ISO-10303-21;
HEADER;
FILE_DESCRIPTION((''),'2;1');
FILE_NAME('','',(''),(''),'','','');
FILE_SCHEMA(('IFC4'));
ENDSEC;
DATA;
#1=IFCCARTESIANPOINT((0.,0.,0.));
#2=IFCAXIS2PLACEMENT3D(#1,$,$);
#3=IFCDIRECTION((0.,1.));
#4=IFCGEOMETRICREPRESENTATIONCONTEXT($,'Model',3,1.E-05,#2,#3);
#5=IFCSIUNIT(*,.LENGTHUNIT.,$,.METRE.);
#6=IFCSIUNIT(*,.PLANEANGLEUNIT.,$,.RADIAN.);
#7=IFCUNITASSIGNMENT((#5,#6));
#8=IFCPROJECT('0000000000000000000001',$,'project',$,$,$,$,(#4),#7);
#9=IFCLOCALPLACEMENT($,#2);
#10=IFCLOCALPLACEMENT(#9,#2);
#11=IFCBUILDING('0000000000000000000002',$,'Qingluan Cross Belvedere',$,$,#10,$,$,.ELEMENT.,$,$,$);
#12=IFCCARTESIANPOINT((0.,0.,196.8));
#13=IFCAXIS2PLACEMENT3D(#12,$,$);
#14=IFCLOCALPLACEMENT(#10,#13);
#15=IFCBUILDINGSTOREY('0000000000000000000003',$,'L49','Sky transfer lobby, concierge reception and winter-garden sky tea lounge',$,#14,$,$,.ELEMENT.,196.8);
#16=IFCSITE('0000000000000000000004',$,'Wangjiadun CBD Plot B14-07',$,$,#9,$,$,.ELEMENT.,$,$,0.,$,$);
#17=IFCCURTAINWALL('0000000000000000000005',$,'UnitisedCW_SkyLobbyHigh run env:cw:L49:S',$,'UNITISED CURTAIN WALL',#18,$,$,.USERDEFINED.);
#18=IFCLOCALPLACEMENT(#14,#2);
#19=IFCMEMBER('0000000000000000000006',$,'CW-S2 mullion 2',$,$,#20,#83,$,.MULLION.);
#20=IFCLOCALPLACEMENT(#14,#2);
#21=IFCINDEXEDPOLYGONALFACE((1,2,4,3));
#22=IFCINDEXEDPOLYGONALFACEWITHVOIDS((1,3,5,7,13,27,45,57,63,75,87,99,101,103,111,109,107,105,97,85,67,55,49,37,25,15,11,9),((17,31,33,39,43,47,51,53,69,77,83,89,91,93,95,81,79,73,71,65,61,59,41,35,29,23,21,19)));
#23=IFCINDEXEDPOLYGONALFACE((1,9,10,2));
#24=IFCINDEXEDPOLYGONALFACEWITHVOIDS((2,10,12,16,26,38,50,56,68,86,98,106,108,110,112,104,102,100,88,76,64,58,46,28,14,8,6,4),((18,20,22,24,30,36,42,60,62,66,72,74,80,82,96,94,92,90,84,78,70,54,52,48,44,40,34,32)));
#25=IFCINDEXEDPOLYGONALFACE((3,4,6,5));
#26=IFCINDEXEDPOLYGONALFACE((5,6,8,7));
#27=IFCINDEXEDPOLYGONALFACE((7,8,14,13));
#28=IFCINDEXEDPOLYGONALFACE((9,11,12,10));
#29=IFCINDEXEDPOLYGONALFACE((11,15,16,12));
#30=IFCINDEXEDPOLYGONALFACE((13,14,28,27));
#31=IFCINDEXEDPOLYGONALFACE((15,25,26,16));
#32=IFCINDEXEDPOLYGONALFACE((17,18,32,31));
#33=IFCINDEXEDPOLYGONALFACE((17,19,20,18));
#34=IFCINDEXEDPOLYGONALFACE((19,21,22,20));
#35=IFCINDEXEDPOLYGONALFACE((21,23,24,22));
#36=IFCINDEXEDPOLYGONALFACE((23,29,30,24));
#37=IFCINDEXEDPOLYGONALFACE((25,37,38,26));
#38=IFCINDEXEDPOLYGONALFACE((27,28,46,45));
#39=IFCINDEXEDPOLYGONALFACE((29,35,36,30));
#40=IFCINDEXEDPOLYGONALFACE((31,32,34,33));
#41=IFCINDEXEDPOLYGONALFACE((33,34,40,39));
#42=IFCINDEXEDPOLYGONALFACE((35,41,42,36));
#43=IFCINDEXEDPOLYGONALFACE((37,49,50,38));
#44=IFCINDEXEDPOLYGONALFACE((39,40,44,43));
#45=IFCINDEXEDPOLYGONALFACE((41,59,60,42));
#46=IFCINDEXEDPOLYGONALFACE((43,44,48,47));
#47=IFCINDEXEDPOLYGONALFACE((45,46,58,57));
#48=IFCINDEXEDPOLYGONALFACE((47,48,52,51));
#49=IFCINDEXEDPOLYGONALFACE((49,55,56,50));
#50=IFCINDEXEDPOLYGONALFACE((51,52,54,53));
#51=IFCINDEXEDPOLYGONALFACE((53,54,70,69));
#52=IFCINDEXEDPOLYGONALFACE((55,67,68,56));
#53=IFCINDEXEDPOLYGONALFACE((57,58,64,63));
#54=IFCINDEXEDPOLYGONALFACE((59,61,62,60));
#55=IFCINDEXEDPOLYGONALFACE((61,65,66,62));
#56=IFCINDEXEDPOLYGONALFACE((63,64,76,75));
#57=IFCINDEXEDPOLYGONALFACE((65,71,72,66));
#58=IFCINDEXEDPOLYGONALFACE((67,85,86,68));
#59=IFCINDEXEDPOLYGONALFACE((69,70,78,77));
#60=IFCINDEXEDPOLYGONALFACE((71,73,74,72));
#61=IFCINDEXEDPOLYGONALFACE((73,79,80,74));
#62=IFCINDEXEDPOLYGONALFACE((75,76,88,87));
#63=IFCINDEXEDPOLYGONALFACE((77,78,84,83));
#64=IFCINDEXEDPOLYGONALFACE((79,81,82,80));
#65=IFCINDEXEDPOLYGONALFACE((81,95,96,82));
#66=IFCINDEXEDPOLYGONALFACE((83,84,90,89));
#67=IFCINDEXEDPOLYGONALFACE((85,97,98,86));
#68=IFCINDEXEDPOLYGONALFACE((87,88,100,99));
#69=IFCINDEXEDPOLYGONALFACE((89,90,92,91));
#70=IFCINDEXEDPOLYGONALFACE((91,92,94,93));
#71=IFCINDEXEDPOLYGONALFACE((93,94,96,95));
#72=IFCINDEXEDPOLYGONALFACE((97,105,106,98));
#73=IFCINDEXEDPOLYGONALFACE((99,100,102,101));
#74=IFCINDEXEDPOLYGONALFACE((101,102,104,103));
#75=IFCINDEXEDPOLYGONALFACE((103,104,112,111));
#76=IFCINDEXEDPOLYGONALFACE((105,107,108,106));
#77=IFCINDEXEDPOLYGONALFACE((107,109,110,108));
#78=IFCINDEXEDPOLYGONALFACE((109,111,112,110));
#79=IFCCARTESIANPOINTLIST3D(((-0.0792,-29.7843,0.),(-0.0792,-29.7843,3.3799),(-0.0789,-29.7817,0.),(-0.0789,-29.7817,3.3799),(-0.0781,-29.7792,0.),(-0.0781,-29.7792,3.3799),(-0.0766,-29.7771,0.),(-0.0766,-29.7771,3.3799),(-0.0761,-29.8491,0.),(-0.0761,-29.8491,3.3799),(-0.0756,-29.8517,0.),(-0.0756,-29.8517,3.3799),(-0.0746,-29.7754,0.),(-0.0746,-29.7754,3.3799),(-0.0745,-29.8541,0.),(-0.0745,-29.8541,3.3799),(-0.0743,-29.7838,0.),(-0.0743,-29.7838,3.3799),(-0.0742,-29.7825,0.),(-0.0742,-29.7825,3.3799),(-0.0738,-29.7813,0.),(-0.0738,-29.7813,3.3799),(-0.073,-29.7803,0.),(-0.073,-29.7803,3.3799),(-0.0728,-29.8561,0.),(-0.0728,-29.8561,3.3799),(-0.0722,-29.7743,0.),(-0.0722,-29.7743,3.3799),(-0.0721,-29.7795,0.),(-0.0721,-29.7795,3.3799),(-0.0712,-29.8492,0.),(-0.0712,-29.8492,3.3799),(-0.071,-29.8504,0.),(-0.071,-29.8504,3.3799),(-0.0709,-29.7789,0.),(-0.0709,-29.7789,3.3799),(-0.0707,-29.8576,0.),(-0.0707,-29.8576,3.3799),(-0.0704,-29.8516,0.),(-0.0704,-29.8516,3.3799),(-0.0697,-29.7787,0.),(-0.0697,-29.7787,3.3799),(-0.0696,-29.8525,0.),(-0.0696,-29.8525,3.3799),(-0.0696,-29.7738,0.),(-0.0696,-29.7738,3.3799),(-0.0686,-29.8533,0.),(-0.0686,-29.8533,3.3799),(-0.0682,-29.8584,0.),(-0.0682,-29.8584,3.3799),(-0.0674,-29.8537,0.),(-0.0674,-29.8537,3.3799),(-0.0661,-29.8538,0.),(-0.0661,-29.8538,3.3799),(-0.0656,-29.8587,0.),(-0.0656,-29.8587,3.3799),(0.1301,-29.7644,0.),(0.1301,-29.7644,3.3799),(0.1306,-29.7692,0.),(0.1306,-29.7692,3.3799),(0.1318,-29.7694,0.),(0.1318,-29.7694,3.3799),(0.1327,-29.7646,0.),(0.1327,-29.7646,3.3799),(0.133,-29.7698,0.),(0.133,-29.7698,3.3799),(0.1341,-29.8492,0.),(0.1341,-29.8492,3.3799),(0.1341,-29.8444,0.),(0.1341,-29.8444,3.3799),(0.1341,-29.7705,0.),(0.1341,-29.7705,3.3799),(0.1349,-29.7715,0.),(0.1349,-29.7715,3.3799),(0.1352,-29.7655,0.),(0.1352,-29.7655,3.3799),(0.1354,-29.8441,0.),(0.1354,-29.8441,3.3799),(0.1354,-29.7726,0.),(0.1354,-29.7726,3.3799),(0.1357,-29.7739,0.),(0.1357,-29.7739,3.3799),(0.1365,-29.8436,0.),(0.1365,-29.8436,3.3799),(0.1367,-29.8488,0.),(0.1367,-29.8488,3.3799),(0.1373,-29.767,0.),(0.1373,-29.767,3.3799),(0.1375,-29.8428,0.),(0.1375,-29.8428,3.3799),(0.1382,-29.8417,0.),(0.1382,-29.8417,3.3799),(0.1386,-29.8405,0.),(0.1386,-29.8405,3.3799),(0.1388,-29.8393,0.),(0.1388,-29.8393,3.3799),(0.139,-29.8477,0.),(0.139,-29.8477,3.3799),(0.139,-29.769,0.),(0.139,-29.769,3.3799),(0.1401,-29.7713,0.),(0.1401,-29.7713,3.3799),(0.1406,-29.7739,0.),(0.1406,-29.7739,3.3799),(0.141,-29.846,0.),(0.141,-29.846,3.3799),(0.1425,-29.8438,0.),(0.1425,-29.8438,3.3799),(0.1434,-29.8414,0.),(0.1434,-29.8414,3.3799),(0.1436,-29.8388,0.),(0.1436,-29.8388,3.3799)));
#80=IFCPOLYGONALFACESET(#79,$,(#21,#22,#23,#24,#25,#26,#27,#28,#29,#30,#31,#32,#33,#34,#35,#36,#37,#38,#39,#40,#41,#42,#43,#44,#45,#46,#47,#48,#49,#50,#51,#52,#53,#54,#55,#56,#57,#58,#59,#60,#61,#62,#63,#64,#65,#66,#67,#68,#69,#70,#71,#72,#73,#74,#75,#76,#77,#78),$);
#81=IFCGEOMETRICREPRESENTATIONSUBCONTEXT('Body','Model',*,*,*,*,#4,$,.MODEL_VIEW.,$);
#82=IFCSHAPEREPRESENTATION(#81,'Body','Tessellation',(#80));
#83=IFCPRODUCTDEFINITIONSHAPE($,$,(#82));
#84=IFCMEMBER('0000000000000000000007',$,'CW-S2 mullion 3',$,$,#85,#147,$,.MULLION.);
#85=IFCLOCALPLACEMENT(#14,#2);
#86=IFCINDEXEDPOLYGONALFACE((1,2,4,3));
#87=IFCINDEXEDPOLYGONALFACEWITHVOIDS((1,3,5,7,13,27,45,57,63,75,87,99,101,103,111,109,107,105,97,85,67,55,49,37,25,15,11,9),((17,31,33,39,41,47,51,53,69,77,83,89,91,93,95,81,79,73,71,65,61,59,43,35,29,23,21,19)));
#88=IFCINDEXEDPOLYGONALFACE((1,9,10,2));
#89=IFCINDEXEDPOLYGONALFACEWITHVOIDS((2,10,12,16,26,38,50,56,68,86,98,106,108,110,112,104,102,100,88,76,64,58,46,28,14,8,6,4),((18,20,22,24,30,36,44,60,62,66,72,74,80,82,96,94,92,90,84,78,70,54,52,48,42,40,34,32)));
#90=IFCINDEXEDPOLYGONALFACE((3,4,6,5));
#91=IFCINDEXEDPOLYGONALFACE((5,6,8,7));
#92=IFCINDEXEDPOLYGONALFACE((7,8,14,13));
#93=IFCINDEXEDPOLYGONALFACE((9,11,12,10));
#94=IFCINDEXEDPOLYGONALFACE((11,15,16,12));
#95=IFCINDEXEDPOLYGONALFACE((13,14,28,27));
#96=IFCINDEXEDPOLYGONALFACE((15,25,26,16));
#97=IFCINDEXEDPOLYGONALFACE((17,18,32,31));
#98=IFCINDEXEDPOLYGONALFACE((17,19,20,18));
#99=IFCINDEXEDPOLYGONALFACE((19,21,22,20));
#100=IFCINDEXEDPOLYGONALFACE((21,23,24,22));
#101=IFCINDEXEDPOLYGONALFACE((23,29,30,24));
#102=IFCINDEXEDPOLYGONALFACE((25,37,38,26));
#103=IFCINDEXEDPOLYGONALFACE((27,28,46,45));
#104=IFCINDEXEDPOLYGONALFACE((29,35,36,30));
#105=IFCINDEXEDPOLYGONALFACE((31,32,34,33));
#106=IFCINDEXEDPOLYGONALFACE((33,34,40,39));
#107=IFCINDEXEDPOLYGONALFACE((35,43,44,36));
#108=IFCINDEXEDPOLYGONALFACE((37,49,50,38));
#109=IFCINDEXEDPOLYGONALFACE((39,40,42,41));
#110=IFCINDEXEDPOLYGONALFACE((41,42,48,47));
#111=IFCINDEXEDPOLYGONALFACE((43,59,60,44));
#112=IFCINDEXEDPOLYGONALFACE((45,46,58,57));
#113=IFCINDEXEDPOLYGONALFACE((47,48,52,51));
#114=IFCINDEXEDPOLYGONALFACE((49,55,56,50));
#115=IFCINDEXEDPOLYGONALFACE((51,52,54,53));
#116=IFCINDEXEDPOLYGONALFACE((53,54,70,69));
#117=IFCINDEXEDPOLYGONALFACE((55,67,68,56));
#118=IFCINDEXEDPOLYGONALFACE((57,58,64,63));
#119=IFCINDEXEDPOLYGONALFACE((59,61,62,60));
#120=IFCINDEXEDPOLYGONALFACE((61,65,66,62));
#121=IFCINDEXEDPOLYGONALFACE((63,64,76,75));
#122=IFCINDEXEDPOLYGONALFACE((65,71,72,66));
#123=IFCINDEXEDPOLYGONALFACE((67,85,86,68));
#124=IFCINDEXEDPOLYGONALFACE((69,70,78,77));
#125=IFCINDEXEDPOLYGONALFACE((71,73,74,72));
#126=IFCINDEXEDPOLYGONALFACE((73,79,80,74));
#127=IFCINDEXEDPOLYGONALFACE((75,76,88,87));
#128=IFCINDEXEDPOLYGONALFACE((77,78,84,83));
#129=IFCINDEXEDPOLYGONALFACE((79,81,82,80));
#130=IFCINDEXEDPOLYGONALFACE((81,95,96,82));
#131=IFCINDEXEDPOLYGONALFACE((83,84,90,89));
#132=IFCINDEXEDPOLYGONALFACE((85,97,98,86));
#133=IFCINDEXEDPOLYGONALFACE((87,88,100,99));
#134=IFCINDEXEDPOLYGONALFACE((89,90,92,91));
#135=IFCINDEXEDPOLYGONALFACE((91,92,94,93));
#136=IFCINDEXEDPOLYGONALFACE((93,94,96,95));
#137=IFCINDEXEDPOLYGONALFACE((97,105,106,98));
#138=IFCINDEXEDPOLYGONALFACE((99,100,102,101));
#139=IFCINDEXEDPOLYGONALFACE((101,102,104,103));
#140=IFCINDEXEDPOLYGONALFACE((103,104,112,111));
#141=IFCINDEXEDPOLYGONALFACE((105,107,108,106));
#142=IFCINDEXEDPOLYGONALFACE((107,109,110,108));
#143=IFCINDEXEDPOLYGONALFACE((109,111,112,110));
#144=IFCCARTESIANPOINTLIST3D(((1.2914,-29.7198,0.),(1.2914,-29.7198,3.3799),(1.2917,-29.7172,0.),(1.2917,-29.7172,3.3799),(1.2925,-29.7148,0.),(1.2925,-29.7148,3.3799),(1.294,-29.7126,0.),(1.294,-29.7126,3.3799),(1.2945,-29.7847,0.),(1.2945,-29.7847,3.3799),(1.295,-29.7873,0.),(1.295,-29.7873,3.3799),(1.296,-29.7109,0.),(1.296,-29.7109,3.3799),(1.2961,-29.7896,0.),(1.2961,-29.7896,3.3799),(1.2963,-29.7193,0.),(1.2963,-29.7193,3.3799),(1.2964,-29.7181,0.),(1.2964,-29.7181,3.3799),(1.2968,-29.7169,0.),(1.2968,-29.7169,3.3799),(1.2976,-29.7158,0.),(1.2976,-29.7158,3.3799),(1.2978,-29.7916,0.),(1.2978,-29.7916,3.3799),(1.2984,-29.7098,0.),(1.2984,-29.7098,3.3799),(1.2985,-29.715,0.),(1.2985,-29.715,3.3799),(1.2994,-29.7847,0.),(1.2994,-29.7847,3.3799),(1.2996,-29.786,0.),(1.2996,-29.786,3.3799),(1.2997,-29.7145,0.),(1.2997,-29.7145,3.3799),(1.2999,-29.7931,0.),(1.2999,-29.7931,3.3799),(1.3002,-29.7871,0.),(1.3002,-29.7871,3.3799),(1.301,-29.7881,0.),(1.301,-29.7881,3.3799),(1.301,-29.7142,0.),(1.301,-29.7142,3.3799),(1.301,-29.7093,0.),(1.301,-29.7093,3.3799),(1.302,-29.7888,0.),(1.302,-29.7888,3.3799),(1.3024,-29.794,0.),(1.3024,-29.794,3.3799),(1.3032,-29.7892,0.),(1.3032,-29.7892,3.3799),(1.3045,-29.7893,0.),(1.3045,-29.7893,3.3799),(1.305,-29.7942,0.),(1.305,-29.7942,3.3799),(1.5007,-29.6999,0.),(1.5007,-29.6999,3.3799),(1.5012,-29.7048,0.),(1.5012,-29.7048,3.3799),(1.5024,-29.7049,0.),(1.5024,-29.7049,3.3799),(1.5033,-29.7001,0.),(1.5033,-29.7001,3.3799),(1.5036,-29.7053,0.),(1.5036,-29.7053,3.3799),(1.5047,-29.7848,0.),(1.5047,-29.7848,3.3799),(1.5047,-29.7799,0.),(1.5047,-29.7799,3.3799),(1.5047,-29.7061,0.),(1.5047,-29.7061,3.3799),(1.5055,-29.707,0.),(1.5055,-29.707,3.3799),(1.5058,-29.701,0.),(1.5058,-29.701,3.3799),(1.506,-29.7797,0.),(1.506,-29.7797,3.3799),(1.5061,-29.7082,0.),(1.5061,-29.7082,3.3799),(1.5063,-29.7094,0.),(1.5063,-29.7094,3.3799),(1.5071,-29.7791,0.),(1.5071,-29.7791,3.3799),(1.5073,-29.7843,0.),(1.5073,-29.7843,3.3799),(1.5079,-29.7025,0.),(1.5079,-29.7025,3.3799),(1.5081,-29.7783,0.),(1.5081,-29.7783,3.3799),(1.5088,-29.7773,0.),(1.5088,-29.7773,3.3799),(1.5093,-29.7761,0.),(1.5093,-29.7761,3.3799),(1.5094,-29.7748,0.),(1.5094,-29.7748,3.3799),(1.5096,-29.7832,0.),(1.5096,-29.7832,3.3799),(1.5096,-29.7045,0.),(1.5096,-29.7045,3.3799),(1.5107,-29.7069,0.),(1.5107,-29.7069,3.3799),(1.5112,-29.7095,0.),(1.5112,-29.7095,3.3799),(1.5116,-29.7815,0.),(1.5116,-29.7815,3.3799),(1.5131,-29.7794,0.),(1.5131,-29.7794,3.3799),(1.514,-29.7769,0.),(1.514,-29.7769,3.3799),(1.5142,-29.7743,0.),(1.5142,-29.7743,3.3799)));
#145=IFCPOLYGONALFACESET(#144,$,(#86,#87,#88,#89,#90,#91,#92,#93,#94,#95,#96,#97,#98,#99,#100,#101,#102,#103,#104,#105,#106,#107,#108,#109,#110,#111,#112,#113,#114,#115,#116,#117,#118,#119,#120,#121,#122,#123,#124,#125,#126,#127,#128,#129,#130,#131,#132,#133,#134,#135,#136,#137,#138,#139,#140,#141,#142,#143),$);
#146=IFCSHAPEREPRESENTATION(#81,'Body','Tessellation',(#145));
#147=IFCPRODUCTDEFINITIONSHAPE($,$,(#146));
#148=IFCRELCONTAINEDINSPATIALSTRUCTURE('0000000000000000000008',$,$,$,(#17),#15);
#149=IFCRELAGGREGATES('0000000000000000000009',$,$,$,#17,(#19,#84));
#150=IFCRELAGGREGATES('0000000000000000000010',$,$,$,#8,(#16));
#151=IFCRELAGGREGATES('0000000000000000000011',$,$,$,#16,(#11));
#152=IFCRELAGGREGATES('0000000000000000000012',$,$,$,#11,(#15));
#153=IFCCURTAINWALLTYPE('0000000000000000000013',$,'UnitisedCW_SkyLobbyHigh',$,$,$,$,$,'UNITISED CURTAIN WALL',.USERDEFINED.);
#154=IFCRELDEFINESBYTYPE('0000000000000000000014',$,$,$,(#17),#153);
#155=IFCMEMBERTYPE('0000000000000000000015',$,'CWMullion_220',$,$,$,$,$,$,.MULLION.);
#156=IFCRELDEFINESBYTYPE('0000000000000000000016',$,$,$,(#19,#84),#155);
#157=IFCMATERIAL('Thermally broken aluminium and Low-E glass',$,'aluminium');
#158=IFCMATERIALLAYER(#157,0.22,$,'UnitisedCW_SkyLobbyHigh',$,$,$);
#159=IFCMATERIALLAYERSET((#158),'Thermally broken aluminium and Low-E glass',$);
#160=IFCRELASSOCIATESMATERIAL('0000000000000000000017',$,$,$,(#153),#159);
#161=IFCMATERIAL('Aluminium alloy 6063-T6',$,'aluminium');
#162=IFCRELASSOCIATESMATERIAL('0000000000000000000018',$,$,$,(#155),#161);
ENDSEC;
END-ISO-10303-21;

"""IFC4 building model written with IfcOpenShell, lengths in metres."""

from ifc_helpers import new_model, si_unit, direction, frame, origin, origin_2d, place, context, subcontext, project, spatial, hollow_rectangle, extrude, material, layer, layer_set, material_profile, profile_set, type_object, element, aggregate, save


model = new_model("IFC4")

# Units and contexts
model_context = context("Model", 3, precision=1e-05, world=origin(), true_north=direction((0.0, 1.0)))
body_context = subcontext(model_context, "Body", "Model", "MODEL_VIEW")
ifc_project = project(units=[si_unit("LENGTHUNIT", "METRE"), si_unit("PLANEANGLEUNIT", "RADIAN")], contexts=[model_context])

# Site, building, storey
site_placement = place(None, origin())
site = spatial("IfcSite", under=ifc_project, at=site_placement, Name="Wangjiadun CBD Plot B14-07", CompositionType="ELEMENT", RefElevation=0.0)
building_placement = place(site_placement, origin())
building = spatial("IfcBuilding", under=site, at=building_placement, Name="Qingluan Cross Belvedere", CompositionType="ELEMENT")
storey_placement = place(building_placement, frame((0.0, 0.0, 196.8)))
storey = spatial("IfcBuildingStorey", under=building, at=storey_placement, Name="L49", Description="Sky transfer lobby, concierge reception and winter-garden sky tea lounge", CompositionType="ELEMENT", Elevation=196.8)

# Curtain wall, members
ifc_material_1 = material(Name="Thermally broken aluminium and Low-E glass", Category="aluminium")
ifc_layer_1 = layer(ifc_material_1, 0.22, Name="UnitisedCW_SkyLobbyHigh")
ifc_layer_set_1 = layer_set([ifc_layer_1], Name="Thermally broken aluminium and Low-E glass")
curtain_wall_type = type_object("IfcCurtainWallType", Name="UnitisedCW_SkyLobbyHigh", ElementType="UNITISED CURTAIN WALL", PredefinedType="USERDEFINED", material=ifc_layer_set_1)
curtain_wall_placement = place(storey_placement, origin())
curtain_wall = element("IfcCurtainWall", 1, at=curtain_wall_placement, inside=storey, type_object=curtain_wall_type, Name="UnitisedCW_SkyLobbyHigh run env:cw:L49:S", ObjectType="UNITISED CURTAIN WALL", PredefinedType="USERDEFINED")
ifc_material_2 = material(Name="Aluminium alloy 6063-T6", Category="aluminium")
ifc_material_profile_1 = material_profile(ifc_material_2, hollow_rectangle(XDim=0.085, YDim=0.22, WallThickness=0.0049, InnerFilletRadius=0.0049, OuterFilletRadius=0.01, at=origin_2d()), Name="CWM220x85x5")
ifc_profile_set_1 = profile_set([ifc_material_profile_1], Name="Aluminium alloy 6063-T6")
member_type_1 = type_object("IfcMemberType", Name="CWMullion_220", PredefinedType="MULLION", material=ifc_profile_set_1)
member_1_placement = place(storey_placement, frame((0.0322, -29.8115, 0.0), z_axis=(0.0, 0.0, 1.0), x_axis=(-0.047102, 0.99889, 0.0)))
member_1 = element("IfcMember", 2, at=member_1_placement, type_object=member_type_1, Name="CW-S2 mullion 2", PredefinedType="MULLION", context=body_context, shape_type="SweptSolid", body=[
    extrude(hollow_rectangle(XDim=0.085, YDim=0.22, WallThickness=0.0049, InnerFilletRadius=0.0049, OuterFilletRadius=0.01, at=origin_2d()), origin(), (0.0, 0.0, 1.0), 3.3799),
])
member_2_placement = place(storey_placement, frame((1.4028, -29.7471, 0.0), z_axis=(0.0, 0.0, 1.0), x_axis=(-0.047102, 0.99889, 0.0)))
member_2 = element("IfcMember", 3, at=member_2_placement, type_object=member_type_1, Name="CW-S2 mullion 3", PredefinedType="MULLION", context=body_context, shape_type="SweptSolid", body=[
    extrude(hollow_rectangle(XDim=0.085, YDim=0.22, WallThickness=0.0049, InnerFilletRadius=0.0049, OuterFilletRadius=0.01, at=origin_2d()), origin(), (0.0, 0.0, 1.0), 3.3799),
])
aggregate(curtain_wall, [member_1, member_2])

save(model, "model.ifc")
